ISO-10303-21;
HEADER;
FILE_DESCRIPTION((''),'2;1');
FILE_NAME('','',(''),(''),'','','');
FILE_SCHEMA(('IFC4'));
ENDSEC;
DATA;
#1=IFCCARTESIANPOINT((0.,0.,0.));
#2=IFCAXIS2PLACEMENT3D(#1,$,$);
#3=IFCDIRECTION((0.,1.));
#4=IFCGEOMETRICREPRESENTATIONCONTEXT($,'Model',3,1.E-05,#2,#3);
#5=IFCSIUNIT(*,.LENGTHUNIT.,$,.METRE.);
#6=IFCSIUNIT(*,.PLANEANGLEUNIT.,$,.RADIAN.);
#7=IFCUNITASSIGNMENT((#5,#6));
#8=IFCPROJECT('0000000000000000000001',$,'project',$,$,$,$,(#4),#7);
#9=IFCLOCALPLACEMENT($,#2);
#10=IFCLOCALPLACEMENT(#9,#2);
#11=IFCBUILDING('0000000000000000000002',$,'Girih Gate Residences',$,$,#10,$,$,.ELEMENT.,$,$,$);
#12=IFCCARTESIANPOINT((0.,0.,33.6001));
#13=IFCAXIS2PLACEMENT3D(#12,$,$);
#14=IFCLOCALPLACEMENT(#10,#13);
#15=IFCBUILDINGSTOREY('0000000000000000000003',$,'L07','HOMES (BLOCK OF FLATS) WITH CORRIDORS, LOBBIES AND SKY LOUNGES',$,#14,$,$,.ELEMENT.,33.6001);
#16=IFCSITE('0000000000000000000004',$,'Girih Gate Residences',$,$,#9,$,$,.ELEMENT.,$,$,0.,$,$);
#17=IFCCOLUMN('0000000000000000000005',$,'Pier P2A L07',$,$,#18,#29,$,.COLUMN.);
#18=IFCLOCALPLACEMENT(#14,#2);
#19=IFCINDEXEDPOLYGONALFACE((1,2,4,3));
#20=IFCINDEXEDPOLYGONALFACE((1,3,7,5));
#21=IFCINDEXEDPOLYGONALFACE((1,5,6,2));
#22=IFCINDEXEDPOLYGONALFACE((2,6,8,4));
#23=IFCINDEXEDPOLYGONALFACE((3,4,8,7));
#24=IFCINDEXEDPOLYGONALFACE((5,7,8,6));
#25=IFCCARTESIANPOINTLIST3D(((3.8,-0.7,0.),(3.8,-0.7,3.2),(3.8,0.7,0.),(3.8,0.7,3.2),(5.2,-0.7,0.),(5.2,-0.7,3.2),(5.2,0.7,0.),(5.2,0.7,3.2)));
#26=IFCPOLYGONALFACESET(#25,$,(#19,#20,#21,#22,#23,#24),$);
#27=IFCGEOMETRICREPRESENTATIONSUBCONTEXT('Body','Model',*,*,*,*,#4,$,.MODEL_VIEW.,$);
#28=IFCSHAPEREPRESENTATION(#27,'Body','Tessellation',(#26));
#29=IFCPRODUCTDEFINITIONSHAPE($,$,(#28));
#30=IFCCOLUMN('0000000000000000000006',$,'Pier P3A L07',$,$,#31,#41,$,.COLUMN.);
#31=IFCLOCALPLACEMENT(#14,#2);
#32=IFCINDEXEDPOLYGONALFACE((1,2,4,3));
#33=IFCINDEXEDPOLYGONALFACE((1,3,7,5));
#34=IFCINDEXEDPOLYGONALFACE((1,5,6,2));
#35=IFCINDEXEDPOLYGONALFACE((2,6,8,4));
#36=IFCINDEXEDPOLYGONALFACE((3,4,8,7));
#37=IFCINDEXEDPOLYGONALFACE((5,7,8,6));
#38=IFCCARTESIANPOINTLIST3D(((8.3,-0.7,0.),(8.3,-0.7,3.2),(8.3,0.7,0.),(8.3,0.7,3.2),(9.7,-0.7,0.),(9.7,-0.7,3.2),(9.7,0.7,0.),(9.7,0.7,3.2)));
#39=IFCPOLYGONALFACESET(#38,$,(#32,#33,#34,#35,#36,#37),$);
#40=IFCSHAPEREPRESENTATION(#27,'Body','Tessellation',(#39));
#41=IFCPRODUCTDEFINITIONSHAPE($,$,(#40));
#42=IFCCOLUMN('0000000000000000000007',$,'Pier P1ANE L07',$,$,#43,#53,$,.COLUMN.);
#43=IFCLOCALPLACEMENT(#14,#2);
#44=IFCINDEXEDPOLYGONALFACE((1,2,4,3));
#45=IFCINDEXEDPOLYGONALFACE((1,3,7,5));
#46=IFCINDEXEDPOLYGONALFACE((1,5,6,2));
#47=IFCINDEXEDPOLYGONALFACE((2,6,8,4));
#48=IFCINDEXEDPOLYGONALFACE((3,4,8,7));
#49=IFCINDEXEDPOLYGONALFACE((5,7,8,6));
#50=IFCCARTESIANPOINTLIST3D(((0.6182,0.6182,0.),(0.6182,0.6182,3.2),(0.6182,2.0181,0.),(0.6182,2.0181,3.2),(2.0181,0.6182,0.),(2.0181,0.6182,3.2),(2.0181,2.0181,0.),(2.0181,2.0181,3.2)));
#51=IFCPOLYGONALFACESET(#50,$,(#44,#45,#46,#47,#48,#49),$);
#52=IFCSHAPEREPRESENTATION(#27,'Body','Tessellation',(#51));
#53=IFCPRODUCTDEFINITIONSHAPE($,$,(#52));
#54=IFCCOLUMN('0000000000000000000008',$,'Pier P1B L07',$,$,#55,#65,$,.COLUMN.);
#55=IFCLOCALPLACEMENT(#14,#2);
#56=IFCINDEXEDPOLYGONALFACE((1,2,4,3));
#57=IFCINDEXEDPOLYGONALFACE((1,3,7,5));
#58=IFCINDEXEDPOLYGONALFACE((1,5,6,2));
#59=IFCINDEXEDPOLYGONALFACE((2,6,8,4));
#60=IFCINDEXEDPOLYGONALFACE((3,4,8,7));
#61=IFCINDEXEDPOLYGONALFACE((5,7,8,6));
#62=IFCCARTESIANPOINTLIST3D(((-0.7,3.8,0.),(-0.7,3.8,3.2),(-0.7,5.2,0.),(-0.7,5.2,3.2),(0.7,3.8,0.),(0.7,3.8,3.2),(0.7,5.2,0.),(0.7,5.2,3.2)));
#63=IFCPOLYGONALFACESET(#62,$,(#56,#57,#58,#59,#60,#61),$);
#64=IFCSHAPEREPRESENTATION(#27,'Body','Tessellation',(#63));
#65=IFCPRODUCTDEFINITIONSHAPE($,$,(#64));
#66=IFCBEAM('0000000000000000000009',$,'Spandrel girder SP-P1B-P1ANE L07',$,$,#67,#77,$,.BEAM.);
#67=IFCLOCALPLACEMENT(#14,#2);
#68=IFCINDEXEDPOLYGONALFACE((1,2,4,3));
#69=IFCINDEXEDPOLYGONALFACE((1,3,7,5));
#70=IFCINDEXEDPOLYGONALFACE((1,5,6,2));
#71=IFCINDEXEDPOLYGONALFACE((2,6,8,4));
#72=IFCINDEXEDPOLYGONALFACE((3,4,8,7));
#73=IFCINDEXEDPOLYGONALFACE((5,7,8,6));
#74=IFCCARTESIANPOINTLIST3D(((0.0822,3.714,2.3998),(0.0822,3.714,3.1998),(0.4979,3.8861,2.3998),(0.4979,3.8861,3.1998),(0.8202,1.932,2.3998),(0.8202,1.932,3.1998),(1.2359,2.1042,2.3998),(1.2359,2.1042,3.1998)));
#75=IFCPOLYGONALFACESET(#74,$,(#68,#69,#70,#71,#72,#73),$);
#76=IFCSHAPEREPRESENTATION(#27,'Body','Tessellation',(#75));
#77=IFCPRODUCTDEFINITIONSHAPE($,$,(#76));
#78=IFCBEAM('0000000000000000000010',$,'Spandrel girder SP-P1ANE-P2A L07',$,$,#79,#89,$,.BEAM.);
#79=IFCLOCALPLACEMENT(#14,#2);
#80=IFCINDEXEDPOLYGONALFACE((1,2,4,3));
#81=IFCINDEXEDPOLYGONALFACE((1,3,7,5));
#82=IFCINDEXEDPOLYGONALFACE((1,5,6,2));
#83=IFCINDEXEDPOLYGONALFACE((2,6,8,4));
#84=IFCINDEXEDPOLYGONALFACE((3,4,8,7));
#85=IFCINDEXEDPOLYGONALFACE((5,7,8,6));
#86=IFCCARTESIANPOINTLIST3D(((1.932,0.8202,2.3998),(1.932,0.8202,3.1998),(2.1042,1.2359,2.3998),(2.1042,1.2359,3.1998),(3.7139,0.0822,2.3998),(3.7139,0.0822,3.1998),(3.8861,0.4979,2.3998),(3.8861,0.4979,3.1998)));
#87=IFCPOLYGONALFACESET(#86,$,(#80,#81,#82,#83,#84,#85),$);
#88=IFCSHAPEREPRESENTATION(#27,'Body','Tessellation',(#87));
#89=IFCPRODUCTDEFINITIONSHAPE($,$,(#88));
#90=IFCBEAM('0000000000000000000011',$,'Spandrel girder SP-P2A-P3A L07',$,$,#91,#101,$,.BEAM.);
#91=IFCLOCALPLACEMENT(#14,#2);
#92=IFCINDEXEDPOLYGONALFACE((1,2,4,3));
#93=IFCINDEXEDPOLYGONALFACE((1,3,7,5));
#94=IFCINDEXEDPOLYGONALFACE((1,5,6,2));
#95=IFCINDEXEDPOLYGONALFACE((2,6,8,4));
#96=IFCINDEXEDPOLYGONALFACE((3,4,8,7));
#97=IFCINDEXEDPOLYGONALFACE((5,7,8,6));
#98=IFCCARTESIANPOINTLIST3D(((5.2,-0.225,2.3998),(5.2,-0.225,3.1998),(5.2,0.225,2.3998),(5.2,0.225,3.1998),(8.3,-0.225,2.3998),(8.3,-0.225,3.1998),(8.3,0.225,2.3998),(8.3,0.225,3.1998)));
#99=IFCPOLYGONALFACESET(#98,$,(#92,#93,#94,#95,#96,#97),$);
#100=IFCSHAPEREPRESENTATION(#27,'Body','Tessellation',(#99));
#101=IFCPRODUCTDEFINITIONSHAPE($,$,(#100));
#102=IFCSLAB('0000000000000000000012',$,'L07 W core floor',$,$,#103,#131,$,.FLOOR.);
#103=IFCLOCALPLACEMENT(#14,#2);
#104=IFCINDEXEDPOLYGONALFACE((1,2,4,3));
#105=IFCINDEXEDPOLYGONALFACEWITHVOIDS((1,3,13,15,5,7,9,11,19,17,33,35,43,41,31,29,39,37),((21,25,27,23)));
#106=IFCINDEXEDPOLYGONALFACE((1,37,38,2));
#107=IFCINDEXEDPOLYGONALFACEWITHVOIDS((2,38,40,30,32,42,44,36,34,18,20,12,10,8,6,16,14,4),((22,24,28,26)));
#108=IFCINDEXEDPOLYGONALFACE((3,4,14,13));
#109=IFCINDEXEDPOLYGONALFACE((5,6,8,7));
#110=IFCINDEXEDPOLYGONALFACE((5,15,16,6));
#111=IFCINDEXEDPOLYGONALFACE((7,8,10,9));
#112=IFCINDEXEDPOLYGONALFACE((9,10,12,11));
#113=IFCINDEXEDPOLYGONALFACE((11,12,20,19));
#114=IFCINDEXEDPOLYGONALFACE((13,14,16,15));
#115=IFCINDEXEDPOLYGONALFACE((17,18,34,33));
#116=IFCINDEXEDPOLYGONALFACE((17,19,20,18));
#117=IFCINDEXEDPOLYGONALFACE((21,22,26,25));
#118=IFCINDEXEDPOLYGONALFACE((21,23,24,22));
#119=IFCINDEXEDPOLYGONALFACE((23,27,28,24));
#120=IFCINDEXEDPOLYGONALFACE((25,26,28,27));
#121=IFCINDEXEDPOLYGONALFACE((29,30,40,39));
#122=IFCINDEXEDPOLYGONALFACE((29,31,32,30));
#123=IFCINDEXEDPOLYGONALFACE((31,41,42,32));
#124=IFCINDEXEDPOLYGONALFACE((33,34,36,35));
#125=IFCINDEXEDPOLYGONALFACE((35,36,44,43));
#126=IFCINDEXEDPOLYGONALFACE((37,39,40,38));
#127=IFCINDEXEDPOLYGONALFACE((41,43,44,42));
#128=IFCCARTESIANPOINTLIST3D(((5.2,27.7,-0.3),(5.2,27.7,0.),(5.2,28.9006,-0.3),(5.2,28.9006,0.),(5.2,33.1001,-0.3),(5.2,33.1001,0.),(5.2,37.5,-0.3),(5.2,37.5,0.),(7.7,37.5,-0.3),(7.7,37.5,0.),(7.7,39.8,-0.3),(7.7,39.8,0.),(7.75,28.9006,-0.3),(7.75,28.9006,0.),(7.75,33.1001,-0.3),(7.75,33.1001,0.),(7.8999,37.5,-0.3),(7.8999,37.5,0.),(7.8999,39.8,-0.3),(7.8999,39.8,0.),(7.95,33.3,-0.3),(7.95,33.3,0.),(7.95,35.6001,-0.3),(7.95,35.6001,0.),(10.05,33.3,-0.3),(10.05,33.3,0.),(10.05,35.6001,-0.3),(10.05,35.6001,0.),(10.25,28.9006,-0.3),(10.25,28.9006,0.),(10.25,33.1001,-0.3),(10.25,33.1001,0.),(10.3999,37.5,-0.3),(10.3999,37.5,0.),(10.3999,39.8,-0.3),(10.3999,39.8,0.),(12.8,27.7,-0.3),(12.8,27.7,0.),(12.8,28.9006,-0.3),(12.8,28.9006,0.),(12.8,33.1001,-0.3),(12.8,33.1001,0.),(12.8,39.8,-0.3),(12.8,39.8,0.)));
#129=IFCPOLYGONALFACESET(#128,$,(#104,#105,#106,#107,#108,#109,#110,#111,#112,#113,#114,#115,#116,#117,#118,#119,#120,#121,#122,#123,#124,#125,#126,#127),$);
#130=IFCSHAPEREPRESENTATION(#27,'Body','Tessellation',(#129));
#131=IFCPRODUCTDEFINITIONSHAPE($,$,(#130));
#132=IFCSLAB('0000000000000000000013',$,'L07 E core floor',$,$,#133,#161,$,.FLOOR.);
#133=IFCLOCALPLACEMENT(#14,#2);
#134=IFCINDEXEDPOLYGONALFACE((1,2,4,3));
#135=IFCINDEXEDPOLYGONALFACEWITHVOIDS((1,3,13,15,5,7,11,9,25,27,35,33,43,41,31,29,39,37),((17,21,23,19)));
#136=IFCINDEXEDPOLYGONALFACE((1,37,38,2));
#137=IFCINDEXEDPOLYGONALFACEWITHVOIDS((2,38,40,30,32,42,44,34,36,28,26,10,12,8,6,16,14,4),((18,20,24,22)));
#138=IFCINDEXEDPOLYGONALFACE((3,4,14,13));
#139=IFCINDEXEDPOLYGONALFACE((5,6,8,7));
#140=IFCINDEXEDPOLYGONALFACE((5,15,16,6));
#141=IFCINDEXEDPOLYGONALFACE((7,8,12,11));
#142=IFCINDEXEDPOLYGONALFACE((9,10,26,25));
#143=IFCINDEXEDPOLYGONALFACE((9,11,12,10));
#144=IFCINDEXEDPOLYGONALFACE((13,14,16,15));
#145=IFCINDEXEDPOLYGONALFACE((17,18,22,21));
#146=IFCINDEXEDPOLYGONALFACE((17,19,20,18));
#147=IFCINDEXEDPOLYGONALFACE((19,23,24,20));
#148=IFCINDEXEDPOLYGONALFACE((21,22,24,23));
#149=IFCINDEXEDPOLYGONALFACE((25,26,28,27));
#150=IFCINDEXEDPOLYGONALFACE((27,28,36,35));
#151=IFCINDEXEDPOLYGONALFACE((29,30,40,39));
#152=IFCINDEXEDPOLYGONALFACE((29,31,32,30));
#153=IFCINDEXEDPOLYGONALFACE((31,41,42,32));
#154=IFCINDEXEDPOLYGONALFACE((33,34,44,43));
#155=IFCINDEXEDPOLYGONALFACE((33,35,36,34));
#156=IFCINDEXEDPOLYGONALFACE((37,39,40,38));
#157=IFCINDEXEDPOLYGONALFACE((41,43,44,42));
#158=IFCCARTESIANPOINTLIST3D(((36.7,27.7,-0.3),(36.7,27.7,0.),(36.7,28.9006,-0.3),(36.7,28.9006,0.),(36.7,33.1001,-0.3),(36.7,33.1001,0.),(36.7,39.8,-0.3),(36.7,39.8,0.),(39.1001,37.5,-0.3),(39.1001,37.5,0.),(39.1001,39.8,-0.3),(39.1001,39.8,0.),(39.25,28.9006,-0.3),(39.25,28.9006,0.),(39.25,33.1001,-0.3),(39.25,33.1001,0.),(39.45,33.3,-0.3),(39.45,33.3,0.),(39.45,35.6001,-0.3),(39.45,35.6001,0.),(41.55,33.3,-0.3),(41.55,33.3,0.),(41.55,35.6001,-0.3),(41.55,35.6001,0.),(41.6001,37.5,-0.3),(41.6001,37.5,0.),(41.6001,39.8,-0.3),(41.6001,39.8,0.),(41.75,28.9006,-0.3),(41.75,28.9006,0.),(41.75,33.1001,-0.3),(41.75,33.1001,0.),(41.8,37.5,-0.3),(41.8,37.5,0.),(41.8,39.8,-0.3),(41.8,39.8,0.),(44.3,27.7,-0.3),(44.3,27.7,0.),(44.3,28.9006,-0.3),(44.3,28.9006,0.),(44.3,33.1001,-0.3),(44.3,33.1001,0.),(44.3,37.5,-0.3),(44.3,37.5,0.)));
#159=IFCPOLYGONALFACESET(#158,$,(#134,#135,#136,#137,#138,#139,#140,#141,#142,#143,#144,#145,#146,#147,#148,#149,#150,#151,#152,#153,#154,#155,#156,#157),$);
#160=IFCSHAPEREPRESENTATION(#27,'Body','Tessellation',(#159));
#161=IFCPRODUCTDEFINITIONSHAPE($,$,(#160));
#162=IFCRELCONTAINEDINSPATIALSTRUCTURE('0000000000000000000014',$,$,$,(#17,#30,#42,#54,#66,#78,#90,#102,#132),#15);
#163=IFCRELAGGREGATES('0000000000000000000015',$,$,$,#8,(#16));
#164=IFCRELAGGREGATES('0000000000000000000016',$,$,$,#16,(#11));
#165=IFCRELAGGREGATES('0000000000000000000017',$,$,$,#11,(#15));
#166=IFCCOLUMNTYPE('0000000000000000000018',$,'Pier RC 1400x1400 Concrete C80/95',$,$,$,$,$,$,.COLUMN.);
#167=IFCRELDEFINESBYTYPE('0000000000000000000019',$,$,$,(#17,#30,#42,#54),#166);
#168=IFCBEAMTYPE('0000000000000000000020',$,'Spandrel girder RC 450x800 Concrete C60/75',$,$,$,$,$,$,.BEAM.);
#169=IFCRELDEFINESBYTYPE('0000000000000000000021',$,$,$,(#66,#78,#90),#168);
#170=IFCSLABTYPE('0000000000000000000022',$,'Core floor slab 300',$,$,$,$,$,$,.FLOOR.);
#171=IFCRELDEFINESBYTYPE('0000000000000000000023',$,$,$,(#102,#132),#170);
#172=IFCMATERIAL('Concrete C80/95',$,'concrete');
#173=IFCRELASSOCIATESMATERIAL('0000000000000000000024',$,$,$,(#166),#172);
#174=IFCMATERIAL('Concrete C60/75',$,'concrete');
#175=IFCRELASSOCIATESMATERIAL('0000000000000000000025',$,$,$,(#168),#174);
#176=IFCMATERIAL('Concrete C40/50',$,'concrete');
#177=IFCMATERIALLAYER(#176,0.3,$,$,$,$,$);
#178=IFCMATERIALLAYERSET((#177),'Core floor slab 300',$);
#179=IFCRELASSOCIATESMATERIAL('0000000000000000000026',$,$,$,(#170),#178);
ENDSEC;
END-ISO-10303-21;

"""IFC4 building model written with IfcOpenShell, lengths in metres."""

from ifc_helpers import new_model, si_unit, direction, frame, origin, origin_2d, place, context, subcontext, project, spatial, polyline, rectangle, outline, extrude, material, layer, layer_set, material_profile, profile_set, type_object, element, save


model = new_model("IFC4")

# Units and contexts
model_context = context("Model", 3, precision=1e-05, world=origin(), true_north=direction((0.0, 1.0)))
body_context = subcontext(model_context, "Body", "Model", "MODEL_VIEW")
ifc_project = project(units=[si_unit("LENGTHUNIT", "METRE"), si_unit("PLANEANGLEUNIT", "RADIAN")], contexts=[model_context])

# Site, building, storey
site_placement = place(None, origin())
site = spatial("IfcSite", under=ifc_project, at=site_placement, Name="Girih Gate Residences", CompositionType="ELEMENT", RefElevation=0.0)
building_placement = place(site_placement, origin())
building = spatial("IfcBuilding", under=site, at=building_placement, Name="Girih Gate Residences", CompositionType="ELEMENT")
storey_placement = place(building_placement, frame((0.0, 0.0, 33.6001)))
storey = spatial("IfcBuildingStorey", under=building, at=storey_placement, Name="L07", Description="HOMES (BLOCK OF FLATS) WITH CORRIDORS, LOBBIES AND SKY LOUNGES", CompositionType="ELEMENT", Elevation=33.6001)

# Columns
ifc_material_1 = material(Name="Concrete C80/95", Category="concrete")
ifc_material_profile_1 = material_profile(ifc_material_1, rectangle(XDim=1.3999, YDim=1.3999, at=origin_2d()))
ifc_profile_set_1 = profile_set([ifc_material_profile_1], Name="Concrete C80/95")
column_type = type_object("IfcColumnType", Name="Pier RC 1400x1400 Concrete C80/95", PredefinedType="COLUMN", material=ifc_profile_set_1)
for number, where, z_axis, x_axis, name in (
    (1, (4.5, 0.0, 0.0), (0.0, 0.0, 1.0), (1.0, 0.0, 0.0), "Pier P2A L07"),
    (2, (9.0, 0.0, 0.0), (0.0, 0.0, 1.0), (1.0, 0.0, 0.0), "Pier P3A L07"),
    (3, (1.3181, 1.3181, 0.0), (0.0, 0.0, 1.0), (1.0, 0.0, 0.0), "Pier P1ANE L07"),
    (4, (0.0, 4.5, 0.0), (0.0, 0.0, 1.0), (1.0, 0.0, 0.0), "Pier P1B L07"),
):
    element("IfcColumn", number, at=place(storey_placement, frame(where, z_axis=z_axis, x_axis=x_axis)), inside=storey, type_object=column_type, Name=name, PredefinedType="COLUMN", context=body_context, shape_type="SweptSolid", body=[
        extrude(rectangle(XDim=1.3999, YDim=1.3999, at=origin_2d()), origin(), (0.0, 0.0, 1.0), 3.2),
    ])

# Beams
ifc_material_2 = material(Name="Concrete C60/75", Category="concrete")
ifc_material_profile_2 = material_profile(ifc_material_2, rectangle(XDim=0.45, YDim=0.8, at=origin_2d()))
ifc_profile_set_2 = profile_set([ifc_material_profile_2], Name="Concrete C60/75")
beam_type = type_object("IfcBeamType", Name="Spandrel girder RC 450x800 Concrete C60/75", PredefinedType="BEAM", material=ifc_profile_set_2)
for number, where, z_axis, x_axis, name in (
    (5, (0.29, 3.8, 2.7998), (0.382646, -0.923895, 0.0), (0.923895, 0.382646, 0.0), "Spandrel girder SP-P1B-P1ANE L07"),
    (6, (2.0181, 1.0281, 2.7998), (0.923895, -0.382646, 0.0), (0.382646, 0.923895, 0.0), "Spandrel girder SP-P1ANE-P2A L07"),
):
    element("IfcBeam", number, at=place(storey_placement, frame(where, z_axis=z_axis, x_axis=x_axis)), inside=storey, type_object=beam_type, Name=name, PredefinedType="BEAM", context=body_context, shape_type="SweptSolid", body=[
        extrude(rectangle(XDim=0.45, YDim=0.8, at=origin_2d()), origin(), (0.0, 0.0, 1.0), 1.9287),
    ])
beam_placement = place(storey_placement, frame((5.2, 0.0, 2.7998), z_axis=(1.0, 0.0, 0.0), x_axis=(0.0, 1.0, 0.0)))
element("IfcBeam", 7, at=beam_placement, inside=storey, type_object=beam_type, Name="Spandrel girder SP-P2A-P3A L07", PredefinedType="BEAM", context=body_context, shape_type="SweptSolid", body=[
    extrude(rectangle(XDim=0.45, YDim=0.8, at=origin_2d()), origin(), (0.0, 0.0, 1.0), 3.1001),
])

# Slabs
ifc_material_3 = material(Name="Concrete C40/50", Category="concrete")
ifc_layer_1 = layer(ifc_material_3, 0.3)
ifc_layer_set_1 = layer_set([ifc_layer_1], Name="Core floor slab 300")
slab_type_1 = type_object("IfcSlabType", Name="Core floor slab 300", PredefinedType="FLOOR", material=ifc_layer_set_1)
slab_1_placement = place(storey_placement, frame((0.0, 0.0, -0.3)))
element("IfcSlab", 8, at=slab_1_placement, inside=storey, type_object=slab_type_1, Name="L07 W core floor", PredefinedType="FLOOR", context=body_context, shape_type="SweptSolid", body=[
    extrude(outline(polyline([(12.8, 27.7), (5.2, 27.7), (5.2, 28.9006), (7.75, 28.9006), (7.75, 33.1001), (5.2, 33.1001), (5.2, 37.5), (7.7, 37.5), (7.7, 39.8), (7.8999, 39.8), (7.8999, 37.5), (10.3999, 37.5), (10.3999, 39.8), (12.8, 39.8), (12.8, 33.1001), (10.25, 33.1001), (10.25, 28.9006), (12.8, 28.9006), (12.8, 27.7)]), holes=[polyline([(7.95, 33.3), (10.05, 33.3), (10.05, 35.6001), (7.95, 35.6001), (7.95, 33.3)])]), origin(), (0.0, 0.0, 1.0), 0.3),
])
slab_2_placement = place(storey_placement, frame((0.0, 0.0, -0.3)))
element("IfcSlab", 9, at=slab_2_placement, inside=storey, type_object=slab_type_1, Name="L07 E core floor", PredefinedType="FLOOR", context=body_context, shape_type="SweptSolid", body=[
    extrude(outline(polyline([(44.3, 27.7), (36.7, 27.7), (36.7, 28.9006), (39.25, 28.9006), (39.25, 33.1001), (36.7, 33.1001), (36.7, 39.8), (39.1001, 39.8), (39.1001, 37.5), (41.6001, 37.5), (41.6001, 39.8), (41.8, 39.8), (41.8, 37.5), (44.3, 37.5), (44.3, 33.1001), (41.75, 33.1001), (41.75, 28.9006), (44.3, 28.9006), (44.3, 27.7)]), holes=[polyline([(39.45, 33.3), (41.55, 33.3), (41.55, 35.6001), (39.45, 35.6001), (39.45, 33.3)])]), origin(), (0.0, 0.0, 1.0), 0.3),
])

save(model, "model.ifc")
